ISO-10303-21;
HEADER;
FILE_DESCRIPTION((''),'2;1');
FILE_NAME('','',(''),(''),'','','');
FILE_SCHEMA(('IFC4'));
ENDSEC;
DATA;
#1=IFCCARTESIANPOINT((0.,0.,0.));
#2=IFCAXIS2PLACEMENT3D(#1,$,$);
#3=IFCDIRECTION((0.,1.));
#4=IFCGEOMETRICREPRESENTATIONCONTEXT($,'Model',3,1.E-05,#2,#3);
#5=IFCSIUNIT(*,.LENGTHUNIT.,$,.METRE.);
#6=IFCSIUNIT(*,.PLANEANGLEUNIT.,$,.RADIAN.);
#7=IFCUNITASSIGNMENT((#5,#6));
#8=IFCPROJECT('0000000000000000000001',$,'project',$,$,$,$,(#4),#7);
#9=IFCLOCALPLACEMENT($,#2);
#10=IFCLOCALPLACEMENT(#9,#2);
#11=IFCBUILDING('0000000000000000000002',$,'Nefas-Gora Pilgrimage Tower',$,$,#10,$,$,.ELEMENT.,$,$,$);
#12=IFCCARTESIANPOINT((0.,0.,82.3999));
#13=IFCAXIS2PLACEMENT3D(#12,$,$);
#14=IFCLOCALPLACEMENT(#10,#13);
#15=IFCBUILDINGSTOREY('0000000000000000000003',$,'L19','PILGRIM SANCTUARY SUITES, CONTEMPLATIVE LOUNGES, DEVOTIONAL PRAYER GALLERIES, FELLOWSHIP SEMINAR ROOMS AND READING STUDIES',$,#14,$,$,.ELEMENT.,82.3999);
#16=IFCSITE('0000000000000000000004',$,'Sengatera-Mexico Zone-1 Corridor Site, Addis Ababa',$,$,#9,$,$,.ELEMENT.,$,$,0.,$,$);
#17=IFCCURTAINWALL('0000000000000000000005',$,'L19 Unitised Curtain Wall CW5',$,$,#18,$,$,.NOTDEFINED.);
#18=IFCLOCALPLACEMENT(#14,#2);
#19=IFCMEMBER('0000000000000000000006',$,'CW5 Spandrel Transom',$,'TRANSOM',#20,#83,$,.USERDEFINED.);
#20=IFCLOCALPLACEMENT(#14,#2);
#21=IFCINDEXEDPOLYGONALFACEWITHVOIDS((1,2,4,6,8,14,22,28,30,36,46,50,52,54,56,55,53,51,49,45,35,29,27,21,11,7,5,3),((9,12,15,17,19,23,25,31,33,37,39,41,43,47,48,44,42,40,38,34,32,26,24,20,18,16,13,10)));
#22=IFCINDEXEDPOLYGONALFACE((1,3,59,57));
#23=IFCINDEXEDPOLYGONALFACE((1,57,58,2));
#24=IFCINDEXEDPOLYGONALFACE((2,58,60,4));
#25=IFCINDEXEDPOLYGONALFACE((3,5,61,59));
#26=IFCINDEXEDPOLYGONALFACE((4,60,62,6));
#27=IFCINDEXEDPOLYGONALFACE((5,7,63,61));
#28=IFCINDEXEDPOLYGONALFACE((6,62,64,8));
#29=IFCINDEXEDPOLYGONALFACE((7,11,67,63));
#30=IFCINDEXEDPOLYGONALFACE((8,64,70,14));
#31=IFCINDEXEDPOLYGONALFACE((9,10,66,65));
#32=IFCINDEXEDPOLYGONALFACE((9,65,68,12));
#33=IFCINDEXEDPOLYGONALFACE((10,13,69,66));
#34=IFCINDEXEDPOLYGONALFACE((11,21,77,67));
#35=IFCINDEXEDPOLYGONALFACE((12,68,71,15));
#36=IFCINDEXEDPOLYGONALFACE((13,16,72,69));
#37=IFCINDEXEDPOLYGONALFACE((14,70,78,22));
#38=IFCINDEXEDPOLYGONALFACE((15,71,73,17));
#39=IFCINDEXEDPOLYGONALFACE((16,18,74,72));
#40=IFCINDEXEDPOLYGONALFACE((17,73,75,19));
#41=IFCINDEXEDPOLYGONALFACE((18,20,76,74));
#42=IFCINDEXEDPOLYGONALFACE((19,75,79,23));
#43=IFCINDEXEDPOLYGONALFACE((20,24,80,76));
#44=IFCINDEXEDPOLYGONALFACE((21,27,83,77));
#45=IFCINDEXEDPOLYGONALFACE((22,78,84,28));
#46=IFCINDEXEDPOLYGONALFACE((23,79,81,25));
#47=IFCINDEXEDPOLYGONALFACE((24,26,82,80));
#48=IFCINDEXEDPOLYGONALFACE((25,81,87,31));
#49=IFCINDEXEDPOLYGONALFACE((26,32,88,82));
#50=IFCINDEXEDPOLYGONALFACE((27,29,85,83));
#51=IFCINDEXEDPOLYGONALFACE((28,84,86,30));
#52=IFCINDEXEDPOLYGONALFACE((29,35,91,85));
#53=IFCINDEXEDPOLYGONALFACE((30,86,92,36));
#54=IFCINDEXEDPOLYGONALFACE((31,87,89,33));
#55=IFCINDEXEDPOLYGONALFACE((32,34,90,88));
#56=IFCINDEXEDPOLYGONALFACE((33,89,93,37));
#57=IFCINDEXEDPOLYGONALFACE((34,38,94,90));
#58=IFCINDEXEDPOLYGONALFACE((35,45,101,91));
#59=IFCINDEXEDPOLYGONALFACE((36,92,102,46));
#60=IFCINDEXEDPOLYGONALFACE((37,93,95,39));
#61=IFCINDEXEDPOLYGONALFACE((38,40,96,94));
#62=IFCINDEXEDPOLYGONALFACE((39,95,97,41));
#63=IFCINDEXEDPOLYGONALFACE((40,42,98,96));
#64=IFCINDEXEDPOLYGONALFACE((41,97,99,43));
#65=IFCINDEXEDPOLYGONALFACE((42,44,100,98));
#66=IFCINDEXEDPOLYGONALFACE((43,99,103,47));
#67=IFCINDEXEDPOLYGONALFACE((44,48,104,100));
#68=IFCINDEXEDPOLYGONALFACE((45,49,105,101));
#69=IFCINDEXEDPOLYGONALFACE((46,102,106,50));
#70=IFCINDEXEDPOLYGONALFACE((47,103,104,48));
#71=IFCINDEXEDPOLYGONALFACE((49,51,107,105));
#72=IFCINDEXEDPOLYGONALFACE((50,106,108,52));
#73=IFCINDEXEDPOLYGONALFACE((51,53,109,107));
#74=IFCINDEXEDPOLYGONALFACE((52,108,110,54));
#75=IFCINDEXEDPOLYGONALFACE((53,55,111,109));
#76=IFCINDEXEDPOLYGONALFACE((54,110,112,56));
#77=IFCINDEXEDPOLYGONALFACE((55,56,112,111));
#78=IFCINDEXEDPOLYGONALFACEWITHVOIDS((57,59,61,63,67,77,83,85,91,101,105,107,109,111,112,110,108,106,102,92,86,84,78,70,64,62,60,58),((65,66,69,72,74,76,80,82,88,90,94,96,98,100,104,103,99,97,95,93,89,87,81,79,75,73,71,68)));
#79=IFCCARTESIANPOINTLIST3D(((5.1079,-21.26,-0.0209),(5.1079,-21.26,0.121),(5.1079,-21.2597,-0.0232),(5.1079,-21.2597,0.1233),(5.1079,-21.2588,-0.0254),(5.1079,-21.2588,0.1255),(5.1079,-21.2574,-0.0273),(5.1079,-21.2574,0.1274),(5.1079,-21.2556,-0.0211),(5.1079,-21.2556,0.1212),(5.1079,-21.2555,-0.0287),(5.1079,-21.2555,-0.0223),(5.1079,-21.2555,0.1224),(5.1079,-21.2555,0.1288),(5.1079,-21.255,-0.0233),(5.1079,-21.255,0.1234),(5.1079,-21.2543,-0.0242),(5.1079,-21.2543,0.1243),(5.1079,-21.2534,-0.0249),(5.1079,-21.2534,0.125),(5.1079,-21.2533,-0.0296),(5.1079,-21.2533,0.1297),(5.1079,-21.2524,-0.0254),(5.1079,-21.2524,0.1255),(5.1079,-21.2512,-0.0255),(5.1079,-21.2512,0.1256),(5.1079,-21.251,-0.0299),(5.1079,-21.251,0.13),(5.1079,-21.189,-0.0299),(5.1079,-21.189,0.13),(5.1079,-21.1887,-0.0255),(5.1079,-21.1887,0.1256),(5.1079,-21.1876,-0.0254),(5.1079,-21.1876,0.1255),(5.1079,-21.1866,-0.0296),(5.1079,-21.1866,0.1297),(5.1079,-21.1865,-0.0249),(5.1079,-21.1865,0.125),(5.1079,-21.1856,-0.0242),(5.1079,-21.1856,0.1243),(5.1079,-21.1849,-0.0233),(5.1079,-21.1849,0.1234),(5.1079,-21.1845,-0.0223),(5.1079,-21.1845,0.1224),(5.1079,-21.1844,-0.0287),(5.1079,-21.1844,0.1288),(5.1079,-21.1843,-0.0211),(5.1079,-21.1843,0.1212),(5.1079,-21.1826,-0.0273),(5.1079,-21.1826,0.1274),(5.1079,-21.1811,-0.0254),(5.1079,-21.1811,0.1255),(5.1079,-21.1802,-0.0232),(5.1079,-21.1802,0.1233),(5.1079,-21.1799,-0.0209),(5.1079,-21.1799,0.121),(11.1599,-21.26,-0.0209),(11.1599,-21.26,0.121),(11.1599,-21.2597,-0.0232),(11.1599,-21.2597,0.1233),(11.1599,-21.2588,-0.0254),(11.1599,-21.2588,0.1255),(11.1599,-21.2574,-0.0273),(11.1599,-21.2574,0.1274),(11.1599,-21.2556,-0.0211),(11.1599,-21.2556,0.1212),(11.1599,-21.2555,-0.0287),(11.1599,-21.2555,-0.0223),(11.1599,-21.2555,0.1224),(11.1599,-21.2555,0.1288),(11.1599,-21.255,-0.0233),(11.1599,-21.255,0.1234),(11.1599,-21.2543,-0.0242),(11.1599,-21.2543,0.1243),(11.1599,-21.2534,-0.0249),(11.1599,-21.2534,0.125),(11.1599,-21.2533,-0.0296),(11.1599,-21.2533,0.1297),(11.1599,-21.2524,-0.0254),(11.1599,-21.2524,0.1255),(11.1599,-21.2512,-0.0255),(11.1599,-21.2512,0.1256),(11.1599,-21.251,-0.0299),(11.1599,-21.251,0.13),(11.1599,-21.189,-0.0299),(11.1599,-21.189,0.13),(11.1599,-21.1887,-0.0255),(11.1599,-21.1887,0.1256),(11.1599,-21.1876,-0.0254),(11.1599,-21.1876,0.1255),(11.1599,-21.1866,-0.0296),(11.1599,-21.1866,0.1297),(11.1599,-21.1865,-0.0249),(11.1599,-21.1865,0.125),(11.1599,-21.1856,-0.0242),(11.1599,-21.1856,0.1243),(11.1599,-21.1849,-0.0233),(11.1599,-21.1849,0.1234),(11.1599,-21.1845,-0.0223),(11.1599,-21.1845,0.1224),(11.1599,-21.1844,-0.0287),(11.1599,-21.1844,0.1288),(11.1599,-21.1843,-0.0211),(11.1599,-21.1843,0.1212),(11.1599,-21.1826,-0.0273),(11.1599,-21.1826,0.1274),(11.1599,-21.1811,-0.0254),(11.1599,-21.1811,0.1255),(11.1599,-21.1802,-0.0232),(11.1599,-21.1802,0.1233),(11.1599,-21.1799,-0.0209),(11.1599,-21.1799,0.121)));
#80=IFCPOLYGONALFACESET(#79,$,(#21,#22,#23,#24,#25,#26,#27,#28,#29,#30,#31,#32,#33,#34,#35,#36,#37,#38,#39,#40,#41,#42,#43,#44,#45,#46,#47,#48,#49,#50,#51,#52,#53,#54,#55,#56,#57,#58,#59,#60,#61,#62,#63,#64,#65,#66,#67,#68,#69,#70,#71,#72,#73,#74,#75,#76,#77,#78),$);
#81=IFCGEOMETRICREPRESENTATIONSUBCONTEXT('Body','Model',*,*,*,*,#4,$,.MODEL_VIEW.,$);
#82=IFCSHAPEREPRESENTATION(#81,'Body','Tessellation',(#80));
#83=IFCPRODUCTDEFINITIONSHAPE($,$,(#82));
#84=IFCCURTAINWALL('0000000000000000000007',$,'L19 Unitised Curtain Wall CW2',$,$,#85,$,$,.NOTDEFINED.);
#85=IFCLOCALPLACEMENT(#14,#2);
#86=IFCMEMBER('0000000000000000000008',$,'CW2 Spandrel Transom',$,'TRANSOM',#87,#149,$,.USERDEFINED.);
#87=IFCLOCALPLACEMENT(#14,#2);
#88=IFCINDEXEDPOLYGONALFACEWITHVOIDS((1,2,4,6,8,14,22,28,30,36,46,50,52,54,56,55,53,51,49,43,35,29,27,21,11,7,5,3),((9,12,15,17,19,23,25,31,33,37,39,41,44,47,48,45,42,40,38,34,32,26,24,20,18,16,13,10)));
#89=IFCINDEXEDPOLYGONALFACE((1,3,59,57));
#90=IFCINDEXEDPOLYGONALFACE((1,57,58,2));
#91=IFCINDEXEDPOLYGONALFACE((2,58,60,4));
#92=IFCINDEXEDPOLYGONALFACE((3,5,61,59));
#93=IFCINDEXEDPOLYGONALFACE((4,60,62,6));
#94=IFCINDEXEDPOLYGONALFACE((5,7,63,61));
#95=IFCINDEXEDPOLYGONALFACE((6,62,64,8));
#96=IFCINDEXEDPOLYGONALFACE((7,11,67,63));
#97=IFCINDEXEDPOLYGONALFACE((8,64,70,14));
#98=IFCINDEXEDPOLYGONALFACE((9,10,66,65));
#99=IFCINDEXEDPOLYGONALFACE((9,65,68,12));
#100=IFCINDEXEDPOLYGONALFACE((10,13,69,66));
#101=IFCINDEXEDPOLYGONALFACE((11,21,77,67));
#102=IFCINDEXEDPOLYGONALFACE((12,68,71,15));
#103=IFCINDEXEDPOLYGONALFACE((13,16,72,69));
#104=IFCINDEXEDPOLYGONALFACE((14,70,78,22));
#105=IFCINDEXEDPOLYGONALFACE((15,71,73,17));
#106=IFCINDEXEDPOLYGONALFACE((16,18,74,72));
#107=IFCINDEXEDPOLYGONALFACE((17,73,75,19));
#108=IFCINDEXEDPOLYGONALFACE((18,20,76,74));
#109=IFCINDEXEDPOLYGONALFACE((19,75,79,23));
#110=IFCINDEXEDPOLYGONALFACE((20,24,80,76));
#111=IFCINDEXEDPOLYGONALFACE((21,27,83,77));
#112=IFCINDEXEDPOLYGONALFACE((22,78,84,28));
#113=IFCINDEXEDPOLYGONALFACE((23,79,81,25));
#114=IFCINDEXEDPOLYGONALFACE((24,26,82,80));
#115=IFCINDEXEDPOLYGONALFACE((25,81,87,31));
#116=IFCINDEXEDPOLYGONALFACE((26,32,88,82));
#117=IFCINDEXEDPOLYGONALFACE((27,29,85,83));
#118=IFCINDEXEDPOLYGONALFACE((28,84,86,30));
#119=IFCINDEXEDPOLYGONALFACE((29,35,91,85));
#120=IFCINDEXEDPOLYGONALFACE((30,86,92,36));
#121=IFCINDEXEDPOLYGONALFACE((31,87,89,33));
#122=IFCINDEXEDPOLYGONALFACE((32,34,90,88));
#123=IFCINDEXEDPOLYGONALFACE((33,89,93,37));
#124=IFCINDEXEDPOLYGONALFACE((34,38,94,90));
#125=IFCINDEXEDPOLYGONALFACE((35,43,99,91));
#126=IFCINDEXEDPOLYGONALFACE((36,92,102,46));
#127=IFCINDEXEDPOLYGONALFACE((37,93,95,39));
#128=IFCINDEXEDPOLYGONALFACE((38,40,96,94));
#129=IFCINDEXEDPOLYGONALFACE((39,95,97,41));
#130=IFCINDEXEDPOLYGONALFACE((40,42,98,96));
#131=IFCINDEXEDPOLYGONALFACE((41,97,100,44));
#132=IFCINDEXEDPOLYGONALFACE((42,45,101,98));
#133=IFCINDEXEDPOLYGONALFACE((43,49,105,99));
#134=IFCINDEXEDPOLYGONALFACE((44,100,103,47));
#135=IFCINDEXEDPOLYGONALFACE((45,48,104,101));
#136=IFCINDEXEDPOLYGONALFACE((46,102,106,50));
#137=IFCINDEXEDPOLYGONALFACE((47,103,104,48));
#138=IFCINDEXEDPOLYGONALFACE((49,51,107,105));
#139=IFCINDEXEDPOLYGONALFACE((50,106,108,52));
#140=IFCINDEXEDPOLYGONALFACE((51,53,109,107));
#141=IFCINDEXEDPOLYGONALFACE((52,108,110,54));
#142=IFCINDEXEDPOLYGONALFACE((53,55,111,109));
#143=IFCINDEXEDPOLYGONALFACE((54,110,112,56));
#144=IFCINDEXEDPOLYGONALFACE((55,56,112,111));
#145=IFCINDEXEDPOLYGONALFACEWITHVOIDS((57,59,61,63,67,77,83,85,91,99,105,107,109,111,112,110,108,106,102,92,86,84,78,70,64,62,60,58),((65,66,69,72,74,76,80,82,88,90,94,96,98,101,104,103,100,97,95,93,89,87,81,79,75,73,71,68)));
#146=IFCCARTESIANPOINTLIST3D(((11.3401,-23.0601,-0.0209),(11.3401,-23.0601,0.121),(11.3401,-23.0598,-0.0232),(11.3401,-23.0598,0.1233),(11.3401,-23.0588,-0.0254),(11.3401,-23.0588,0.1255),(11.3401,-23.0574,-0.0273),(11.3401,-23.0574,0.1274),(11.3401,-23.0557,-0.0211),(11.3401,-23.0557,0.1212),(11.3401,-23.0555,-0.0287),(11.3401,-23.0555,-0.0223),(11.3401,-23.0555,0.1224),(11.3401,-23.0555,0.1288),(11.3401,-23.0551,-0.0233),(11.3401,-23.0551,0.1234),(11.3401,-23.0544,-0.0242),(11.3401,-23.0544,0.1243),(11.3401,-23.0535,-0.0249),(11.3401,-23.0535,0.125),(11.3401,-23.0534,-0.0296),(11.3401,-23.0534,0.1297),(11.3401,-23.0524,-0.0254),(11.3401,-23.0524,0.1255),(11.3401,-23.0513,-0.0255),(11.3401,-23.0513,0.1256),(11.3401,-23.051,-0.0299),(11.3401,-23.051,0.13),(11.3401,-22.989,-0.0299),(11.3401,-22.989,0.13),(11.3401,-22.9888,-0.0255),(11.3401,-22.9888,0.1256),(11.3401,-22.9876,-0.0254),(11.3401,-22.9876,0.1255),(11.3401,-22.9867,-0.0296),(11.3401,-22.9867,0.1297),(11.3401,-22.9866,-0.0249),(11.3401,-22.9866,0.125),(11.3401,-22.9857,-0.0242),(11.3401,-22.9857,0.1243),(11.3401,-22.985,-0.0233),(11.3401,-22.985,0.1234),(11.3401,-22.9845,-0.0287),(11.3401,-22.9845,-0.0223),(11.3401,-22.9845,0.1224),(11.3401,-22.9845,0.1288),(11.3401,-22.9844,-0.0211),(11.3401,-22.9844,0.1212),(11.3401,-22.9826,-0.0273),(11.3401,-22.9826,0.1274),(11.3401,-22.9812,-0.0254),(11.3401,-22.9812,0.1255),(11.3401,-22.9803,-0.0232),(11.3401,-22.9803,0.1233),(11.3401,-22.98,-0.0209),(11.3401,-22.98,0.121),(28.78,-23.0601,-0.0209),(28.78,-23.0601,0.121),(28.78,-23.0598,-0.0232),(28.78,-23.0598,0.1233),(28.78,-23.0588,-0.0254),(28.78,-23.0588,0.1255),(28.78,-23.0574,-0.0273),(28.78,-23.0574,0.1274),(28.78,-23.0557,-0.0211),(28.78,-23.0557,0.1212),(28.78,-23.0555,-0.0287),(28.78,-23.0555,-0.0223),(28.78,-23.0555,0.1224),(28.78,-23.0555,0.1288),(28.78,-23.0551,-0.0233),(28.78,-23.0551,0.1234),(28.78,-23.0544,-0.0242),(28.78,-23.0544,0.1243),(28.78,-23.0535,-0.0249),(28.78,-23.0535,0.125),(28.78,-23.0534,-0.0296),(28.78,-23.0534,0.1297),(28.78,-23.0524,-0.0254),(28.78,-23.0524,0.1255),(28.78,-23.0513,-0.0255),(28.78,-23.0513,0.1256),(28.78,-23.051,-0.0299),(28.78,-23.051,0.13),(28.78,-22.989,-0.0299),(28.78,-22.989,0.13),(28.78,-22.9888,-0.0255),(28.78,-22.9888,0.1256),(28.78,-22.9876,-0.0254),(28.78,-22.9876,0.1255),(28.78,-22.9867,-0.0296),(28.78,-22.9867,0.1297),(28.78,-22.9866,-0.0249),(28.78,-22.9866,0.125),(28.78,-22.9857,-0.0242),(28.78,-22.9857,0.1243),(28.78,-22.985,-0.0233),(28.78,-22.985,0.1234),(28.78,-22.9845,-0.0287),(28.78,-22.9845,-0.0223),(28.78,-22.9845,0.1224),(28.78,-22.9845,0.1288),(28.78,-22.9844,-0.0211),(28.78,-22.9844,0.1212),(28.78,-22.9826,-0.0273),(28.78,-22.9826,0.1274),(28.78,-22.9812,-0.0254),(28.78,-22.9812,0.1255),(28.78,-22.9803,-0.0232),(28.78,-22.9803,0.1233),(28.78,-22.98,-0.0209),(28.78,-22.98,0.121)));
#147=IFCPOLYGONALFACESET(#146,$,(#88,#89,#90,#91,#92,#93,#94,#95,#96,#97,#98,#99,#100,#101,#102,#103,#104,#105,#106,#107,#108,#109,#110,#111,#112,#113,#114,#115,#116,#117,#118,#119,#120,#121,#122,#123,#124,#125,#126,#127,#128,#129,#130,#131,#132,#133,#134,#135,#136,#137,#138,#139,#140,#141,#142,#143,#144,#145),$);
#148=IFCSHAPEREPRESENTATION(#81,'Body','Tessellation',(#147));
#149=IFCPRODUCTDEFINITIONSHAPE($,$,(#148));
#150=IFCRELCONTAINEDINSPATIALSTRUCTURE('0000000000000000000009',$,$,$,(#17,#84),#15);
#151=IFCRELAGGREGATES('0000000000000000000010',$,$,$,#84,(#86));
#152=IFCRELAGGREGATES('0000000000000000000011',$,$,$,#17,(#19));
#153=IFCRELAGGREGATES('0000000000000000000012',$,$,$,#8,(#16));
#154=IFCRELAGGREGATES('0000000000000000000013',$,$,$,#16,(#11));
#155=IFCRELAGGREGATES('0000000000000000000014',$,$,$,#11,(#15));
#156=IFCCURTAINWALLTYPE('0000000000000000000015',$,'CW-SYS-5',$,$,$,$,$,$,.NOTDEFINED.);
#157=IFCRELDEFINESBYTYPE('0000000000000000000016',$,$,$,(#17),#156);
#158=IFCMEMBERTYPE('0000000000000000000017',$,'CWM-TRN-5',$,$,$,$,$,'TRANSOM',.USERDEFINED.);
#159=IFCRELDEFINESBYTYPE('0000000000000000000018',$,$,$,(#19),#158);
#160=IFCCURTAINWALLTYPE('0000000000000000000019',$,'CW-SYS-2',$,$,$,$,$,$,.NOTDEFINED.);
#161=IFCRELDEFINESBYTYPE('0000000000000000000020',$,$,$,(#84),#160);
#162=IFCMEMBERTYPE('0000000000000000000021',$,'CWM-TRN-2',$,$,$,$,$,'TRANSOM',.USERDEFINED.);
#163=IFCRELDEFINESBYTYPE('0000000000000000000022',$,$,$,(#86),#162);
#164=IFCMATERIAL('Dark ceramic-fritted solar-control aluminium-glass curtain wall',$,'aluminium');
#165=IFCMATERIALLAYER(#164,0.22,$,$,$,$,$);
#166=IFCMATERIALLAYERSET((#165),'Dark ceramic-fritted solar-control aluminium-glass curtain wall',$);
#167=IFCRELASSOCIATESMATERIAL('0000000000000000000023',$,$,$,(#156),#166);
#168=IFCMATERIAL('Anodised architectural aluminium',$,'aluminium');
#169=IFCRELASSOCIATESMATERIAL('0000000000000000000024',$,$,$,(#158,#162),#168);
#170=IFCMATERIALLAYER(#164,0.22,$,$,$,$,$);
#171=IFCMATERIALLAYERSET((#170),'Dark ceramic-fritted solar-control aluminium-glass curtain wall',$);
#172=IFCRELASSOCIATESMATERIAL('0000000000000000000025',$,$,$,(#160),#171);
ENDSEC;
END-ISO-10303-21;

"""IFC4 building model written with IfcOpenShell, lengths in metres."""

from ifc_helpers import new_model, si_unit, direction, frame, origin, origin_2d, place, context, subcontext, project, spatial, hollow_rectangle, extrude, source, transform, mapped, material, layer, layer_set, material_profile, profile_set, type_object, element, aggregate, save


model = new_model("IFC4")

# Units and contexts
model_context = context("Model", 3, precision=1e-05, world=origin(), true_north=direction((0.0, 1.0)))
body_context = subcontext(model_context, "Body", "Model", "MODEL_VIEW")
ifc_project = project(units=[si_unit("LENGTHUNIT", "METRE"), si_unit("PLANEANGLEUNIT", "RADIAN")], contexts=[model_context])

# Site, building, storey
site_placement = place(None, origin())
site = spatial("IfcSite", under=ifc_project, at=site_placement, Name="Sengatera-Mexico Zone-1 Corridor Site, Addis Ababa", CompositionType="ELEMENT", RefElevation=0.0)
building_placement = place(site_placement, origin())
building = spatial("IfcBuilding", under=site, at=building_placement, Name="Nefas-Gora Pilgrimage Tower", CompositionType="ELEMENT")
storey_placement = place(building_placement, frame((0.0, 0.0, 82.3999)))
storey = spatial("IfcBuildingStorey", under=building, at=storey_placement, Name="L19", Description="PILGRIM SANCTUARY SUITES, CONTEMPLATIVE LOUNGES, DEVOTIONAL PRAYER GALLERIES, FELLOWSHIP SEMINAR ROOMS AND READING STUDIES", CompositionType="ELEMENT", Elevation=82.3999)

# Curtain walls, members
ifc_material_1 = material(Name="Dark ceramic-fritted solar-control aluminium-glass curtain wall", Category="aluminium")
ifc_layer_1 = layer(ifc_material_1, 0.22)
ifc_layer_set_1 = layer_set([ifc_layer_1], Name="Dark ceramic-fritted solar-control aluminium-glass curtain wall")
curtain_wall_type_1 = type_object("IfcCurtainWallType", Name="CW-SYS-5", PredefinedType="NOTDEFINED", material=ifc_layer_set_1)
curtain_wall_1_placement = place(storey_placement, origin())
curtain_wall_1 = element("IfcCurtainWall", 1, at=curtain_wall_1_placement, inside=storey, type_object=curtain_wall_type_1, Name="L19 Unitised Curtain Wall CW5", PredefinedType="NOTDEFINED")
ifc_material_2 = material(Name="Anodised architectural aluminium", Category="aluminium")
ifc_material_profile_1 = material_profile(ifc_material_2, hollow_rectangle(XDim=0.0801, YDim=0.1599, WallThickness=0.0044, InnerFilletRadius=0.0044, OuterFilletRadius=0.009, at=origin_2d()), Name="ALU TRANSOM 80x160")
ifc_profile_set_1 = profile_set([ifc_material_profile_1], Name="Anodised architectural aluminium")
member_type_1 = type_object("IfcMemberType", Name="CWM-TRN-5", ElementType="TRANSOM", PredefinedType="USERDEFINED", material=ifc_profile_set_1)
shared_shape_1 = source(origin(), body_context, "Body", "SweptSolid", [
    extrude(hollow_rectangle(XDim=0.0801, YDim=0.1599, WallThickness=0.0044, InnerFilletRadius=0.0044, OuterFilletRadius=0.009, at=origin_2d()), origin(), (0.0, 0.0, 1.0), 6.052),
])
member_1_placement = place(storey_placement, frame((5.1079, -21.22, 0.05), z_axis=(1.0, 0.0, 0.0), x_axis=(0.0, 1.0, 0.0)))
member_1 = element("IfcMember", 2, at=member_1_placement, type_object=member_type_1, Name="CW5 Spandrel Transom", ObjectType="TRANSOM", PredefinedType="USERDEFINED", context=body_context, shape_type="MappedRepresentation", body=[
    mapped(shared_shape_1, transform((0.0, 0.0, 0.0), x_axis=(1.0, 0.0, 0.0), y_axis=(0.0, 1.0, 0.0), z_axis=(0.0, 0.0, 1.0), scale=1.0)),
])
ifc_layer_2 = layer(ifc_material_1, 0.22)
ifc_layer_set_2 = layer_set([ifc_layer_2], Name="Dark ceramic-fritted solar-control aluminium-glass curtain wall")
curtain_wall_type_2 = type_object("IfcCurtainWallType", Name="CW-SYS-2", PredefinedType="NOTDEFINED", material=ifc_layer_set_2)
curtain_wall_2_placement = place(storey_placement, origin())
curtain_wall_2 = element("IfcCurtainWall", 3, at=curtain_wall_2_placement, inside=storey, type_object=curtain_wall_type_2, Name="L19 Unitised Curtain Wall CW2", PredefinedType="NOTDEFINED")
ifc_material_profile_2 = material_profile(ifc_material_2, hollow_rectangle(XDim=0.0801, YDim=0.1599, WallThickness=0.0044, InnerFilletRadius=0.0044, OuterFilletRadius=0.009, at=origin_2d()), Name="ALU TRANSOM 80x160")
ifc_profile_set_2 = profile_set([ifc_material_profile_2], Name="Anodised architectural aluminium")
member_type_2 = type_object("IfcMemberType", Name="CWM-TRN-2", ElementType="TRANSOM", PredefinedType="USERDEFINED", material=ifc_profile_set_2)
shared_shape_2 = source(origin(), body_context, "Body", "SweptSolid", [
    extrude(hollow_rectangle(XDim=0.0801, YDim=0.1599, WallThickness=0.0044, InnerFilletRadius=0.0044, OuterFilletRadius=0.009, at=origin_2d()), origin(), (0.0, 0.0, 1.0), 17.4399),
])
member_2_placement = place(storey_placement, frame((11.3401, -23.02, 0.05), z_axis=(1.0, 0.0, 0.0), x_axis=(0.0, 1.0, 0.0)))
member_2 = element("IfcMember", 4, at=member_2_placement, type_object=member_type_2, Name="CW2 Spandrel Transom", ObjectType="TRANSOM", PredefinedType="USERDEFINED", context=body_context, shape_type="MappedRepresentation", body=[
    mapped(shared_shape_2, transform((0.0, 0.0, 0.0), x_axis=(1.0, 0.0, 0.0), y_axis=(0.0, 1.0, 0.0), z_axis=(0.0, 0.0, 1.0), scale=1.0)),
])

aggregate(curtain_wall_2, [member_2])

aggregate(curtain_wall_1, [member_1])

save(model, "model.ifc")
